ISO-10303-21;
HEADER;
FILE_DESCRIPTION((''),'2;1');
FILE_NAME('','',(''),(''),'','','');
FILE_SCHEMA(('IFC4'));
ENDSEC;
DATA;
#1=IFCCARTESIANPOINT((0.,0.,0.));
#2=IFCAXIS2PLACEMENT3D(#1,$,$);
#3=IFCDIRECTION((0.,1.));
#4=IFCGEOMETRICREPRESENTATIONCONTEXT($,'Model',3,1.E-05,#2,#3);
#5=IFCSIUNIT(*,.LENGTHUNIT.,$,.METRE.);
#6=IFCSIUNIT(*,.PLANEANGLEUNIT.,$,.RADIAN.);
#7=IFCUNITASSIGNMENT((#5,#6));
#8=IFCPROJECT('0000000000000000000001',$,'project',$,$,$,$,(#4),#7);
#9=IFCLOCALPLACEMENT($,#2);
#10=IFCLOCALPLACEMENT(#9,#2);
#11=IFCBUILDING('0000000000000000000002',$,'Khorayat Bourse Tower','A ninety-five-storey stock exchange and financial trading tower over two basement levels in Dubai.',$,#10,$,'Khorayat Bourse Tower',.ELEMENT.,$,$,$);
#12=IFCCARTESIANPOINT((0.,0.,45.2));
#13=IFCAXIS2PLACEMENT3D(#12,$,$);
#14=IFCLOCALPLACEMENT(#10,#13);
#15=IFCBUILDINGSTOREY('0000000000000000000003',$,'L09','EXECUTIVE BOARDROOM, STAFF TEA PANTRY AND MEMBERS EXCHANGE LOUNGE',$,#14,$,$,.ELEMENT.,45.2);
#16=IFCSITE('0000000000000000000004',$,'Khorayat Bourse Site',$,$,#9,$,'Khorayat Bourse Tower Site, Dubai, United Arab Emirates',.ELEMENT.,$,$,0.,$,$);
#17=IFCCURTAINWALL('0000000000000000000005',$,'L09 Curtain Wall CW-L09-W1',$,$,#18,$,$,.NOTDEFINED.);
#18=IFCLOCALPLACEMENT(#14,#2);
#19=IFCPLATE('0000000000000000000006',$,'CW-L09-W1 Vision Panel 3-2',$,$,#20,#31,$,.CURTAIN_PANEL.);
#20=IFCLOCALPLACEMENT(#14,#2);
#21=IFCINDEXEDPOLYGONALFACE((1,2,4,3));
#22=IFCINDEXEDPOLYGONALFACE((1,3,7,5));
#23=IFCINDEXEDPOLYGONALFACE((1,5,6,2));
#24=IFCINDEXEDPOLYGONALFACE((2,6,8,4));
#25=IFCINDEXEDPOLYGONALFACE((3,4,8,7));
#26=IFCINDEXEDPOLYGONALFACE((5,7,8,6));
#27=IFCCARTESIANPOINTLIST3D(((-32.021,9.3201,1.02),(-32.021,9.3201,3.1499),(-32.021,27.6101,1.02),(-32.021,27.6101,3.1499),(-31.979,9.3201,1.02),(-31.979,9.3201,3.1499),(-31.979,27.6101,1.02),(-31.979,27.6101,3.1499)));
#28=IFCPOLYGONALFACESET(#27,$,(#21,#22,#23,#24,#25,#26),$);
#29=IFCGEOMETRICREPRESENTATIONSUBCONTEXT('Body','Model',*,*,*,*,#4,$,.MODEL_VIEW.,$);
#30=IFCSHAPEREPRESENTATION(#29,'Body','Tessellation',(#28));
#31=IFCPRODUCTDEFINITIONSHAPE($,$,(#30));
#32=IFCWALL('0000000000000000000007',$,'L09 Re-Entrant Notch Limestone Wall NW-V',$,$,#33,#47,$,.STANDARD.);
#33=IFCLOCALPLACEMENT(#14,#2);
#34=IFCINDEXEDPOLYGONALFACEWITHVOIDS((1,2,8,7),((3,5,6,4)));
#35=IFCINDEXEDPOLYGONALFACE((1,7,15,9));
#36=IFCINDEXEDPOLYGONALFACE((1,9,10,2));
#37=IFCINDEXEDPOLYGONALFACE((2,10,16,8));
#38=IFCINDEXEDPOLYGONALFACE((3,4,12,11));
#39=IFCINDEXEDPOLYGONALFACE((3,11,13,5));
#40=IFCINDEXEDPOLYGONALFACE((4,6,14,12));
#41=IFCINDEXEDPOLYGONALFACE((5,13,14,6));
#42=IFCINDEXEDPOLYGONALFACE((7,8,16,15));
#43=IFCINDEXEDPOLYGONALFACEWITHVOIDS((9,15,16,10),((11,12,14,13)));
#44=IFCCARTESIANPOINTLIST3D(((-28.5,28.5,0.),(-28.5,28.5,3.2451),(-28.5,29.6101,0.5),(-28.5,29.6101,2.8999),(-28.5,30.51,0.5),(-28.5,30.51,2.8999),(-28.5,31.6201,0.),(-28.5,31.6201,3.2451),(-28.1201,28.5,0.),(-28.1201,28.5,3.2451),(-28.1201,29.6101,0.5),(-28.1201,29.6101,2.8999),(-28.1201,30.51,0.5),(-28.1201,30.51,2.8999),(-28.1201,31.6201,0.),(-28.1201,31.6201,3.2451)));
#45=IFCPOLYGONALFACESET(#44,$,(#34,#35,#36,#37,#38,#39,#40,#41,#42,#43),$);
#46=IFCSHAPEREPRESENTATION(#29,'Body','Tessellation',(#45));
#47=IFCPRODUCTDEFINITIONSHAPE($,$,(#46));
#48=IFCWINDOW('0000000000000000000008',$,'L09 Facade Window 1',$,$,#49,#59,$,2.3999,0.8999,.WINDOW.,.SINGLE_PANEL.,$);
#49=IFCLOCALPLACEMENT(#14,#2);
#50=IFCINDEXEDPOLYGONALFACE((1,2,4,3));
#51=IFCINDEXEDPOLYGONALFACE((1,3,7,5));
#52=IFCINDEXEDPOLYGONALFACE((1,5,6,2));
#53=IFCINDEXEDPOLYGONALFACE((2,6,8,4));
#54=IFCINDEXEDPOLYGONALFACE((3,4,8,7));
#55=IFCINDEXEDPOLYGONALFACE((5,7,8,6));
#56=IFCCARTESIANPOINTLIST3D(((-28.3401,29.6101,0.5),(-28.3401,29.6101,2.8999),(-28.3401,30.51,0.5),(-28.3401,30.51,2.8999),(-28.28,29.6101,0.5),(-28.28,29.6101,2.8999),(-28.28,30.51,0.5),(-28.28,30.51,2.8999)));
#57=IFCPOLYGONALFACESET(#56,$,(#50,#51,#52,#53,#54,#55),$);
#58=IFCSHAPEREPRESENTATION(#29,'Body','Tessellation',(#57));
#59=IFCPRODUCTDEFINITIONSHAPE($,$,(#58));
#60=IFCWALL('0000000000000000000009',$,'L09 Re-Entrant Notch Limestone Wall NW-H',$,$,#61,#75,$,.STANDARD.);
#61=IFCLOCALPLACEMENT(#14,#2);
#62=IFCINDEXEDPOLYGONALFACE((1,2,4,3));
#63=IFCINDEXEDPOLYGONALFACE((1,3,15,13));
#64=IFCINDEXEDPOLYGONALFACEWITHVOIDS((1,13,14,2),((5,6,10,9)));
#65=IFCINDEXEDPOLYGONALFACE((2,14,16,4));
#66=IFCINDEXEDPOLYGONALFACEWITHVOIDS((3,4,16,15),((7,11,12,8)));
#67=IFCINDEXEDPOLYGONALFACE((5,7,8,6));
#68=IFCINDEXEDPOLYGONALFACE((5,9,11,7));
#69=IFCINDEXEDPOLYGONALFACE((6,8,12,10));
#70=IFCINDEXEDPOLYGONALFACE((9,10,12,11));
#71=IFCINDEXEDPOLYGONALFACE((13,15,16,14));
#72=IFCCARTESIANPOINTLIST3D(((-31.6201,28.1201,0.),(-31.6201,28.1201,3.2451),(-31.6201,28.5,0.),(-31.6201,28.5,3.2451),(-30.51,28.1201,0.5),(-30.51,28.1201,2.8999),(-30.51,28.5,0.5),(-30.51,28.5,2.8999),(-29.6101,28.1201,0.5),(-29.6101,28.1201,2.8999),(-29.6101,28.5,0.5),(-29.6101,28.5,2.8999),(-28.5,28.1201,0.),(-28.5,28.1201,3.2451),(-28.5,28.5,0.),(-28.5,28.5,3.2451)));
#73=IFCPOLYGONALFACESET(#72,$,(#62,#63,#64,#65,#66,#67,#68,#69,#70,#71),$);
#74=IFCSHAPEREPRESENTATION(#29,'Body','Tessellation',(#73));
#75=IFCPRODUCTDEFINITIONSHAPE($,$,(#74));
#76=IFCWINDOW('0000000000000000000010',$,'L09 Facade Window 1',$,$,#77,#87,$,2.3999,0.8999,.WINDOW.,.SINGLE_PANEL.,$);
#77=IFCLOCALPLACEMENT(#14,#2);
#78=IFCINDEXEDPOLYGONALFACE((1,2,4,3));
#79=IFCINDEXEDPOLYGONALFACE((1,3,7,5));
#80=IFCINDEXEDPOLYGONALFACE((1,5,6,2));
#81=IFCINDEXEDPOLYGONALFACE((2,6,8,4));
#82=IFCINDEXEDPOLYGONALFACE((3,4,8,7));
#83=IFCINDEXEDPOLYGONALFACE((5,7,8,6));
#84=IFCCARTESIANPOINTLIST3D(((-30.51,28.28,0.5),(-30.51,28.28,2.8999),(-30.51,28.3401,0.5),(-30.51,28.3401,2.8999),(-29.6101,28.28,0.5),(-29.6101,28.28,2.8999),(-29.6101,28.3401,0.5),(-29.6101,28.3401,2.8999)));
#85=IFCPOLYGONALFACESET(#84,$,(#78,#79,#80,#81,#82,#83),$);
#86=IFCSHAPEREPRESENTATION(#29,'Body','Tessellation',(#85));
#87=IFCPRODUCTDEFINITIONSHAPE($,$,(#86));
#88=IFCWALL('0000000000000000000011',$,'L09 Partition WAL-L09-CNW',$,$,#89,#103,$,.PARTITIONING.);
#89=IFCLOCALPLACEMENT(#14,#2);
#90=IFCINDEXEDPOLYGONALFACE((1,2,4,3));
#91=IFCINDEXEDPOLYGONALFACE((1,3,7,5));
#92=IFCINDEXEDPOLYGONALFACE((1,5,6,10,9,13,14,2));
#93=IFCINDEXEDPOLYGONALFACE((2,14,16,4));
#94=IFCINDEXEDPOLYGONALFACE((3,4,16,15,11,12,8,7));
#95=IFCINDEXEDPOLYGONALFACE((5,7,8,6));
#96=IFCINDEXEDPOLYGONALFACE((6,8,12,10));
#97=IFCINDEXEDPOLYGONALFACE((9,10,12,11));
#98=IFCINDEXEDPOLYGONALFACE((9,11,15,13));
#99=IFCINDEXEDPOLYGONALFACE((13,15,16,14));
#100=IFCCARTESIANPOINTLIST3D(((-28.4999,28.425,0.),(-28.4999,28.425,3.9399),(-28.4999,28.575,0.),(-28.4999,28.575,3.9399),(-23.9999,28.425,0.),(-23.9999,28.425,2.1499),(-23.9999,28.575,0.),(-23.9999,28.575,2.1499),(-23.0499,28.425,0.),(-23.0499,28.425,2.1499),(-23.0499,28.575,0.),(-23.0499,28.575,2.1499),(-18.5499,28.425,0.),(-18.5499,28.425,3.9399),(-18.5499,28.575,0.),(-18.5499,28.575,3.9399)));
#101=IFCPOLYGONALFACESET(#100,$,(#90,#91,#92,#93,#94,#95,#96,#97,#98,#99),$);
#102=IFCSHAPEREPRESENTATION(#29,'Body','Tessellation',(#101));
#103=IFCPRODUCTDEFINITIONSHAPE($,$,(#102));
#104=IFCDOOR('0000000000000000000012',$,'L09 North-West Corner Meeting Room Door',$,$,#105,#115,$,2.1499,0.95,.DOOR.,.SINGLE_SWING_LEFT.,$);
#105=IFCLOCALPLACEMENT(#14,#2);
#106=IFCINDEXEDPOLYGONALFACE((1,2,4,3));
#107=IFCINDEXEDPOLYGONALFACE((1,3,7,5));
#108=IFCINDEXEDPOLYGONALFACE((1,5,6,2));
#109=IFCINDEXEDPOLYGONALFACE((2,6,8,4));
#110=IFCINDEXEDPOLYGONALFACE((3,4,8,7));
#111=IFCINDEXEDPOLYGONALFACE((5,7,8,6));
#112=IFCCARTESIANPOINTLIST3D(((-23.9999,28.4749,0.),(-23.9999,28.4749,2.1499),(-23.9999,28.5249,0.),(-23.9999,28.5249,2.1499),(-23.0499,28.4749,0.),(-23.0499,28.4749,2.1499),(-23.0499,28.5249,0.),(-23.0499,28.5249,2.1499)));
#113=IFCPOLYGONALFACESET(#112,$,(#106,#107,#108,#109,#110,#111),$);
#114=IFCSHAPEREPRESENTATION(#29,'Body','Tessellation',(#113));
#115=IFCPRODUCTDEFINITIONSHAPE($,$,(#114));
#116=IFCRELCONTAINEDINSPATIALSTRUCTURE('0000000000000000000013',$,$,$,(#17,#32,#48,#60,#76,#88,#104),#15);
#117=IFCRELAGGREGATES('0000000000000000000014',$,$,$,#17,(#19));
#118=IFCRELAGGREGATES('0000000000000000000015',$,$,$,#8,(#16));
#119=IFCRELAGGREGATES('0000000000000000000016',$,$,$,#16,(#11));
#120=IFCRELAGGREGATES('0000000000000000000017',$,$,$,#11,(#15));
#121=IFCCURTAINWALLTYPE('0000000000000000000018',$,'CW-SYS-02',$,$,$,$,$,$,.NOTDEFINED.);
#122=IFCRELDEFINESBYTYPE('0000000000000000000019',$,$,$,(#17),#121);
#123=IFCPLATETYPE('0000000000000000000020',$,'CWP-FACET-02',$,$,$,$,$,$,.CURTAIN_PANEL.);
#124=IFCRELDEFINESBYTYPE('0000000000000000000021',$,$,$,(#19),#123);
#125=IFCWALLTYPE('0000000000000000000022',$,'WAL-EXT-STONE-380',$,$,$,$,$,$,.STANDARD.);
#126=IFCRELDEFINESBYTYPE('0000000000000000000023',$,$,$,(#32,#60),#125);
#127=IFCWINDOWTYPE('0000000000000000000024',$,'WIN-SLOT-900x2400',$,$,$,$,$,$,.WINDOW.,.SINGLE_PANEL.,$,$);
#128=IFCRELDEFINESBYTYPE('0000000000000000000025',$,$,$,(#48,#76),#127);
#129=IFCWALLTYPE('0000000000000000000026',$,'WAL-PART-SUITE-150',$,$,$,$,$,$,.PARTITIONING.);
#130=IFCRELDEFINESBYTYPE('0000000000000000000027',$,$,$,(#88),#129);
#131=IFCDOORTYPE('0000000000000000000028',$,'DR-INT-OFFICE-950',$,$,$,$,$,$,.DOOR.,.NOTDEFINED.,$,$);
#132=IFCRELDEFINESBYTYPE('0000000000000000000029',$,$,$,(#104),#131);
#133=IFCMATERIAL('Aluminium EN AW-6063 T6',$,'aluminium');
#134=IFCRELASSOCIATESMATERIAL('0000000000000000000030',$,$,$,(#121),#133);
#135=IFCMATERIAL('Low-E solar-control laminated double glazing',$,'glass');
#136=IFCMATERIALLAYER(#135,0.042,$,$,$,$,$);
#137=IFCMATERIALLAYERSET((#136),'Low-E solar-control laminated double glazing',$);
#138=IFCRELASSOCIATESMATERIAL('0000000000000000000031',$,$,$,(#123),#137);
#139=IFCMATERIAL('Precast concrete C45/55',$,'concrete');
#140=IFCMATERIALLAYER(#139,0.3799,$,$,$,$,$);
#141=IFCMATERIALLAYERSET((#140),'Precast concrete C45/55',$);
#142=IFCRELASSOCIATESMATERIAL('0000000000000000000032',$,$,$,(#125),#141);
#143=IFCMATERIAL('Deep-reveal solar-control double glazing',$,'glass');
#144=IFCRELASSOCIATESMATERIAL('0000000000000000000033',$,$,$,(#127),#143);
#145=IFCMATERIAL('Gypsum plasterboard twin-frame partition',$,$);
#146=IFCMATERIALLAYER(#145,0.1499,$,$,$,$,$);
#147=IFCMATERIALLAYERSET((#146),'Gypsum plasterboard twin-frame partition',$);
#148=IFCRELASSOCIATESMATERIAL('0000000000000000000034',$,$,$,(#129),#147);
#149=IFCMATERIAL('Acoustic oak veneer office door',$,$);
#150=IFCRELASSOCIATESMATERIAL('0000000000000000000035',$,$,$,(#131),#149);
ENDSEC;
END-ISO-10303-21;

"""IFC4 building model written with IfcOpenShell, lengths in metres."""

from ifc_helpers import new_model, si_unit, direction, frame, frame_2d, origin, origin_2d, place, context, subcontext, project, spatial, rectangle, extrude, source, transform, mapped, material, layer, layer_set, type_object, element, fill, aggregate, save


model = new_model("IFC4")

# Units and contexts
model_context = context("Model", 3, precision=1e-05, world=origin(), true_north=direction((0.0, 1.0)))
body_context = subcontext(model_context, "Body", "Model", "MODEL_VIEW")
ifc_project = project(units=[si_unit("LENGTHUNIT", "METRE"), si_unit("PLANEANGLEUNIT", "RADIAN")], contexts=[model_context])

# Site, building, storey
site_placement = place(None, origin())
site = spatial("IfcSite", under=ifc_project, at=site_placement, Name="Khorayat Bourse Site", LongName="Khorayat Bourse Tower Site, Dubai, United Arab Emirates", CompositionType="ELEMENT", RefElevation=0.0)
building_placement = place(site_placement, origin())
building = spatial("IfcBuilding", under=site, at=building_placement, Name="Khorayat Bourse Tower", Description="A ninety-five-storey stock exchange and financial trading tower over two basement levels in Dubai.", LongName="Khorayat Bourse Tower", CompositionType="ELEMENT")
storey_placement = place(building_placement, frame((0.0, 0.0, 45.2)))
storey = spatial("IfcBuildingStorey", under=building, at=storey_placement, Name="L09", Description="EXECUTIVE BOARDROOM, STAFF TEA PANTRY AND MEMBERS EXCHANGE LOUNGE", CompositionType="ELEMENT", Elevation=45.2)

# Shared definitions
ifc_material_1 = material(Name="Aluminium EN AW-6063 T6", Category="aluminium")
curtain_wall_type = type_object("IfcCurtainWallType", Name="CW-SYS-02", PredefinedType="NOTDEFINED", material=ifc_material_1)

# Curtain wall
curtain_wall_1_placement = place(storey_placement, origin())
curtain_wall_1 = element("IfcCurtainWall", 1, at=curtain_wall_1_placement, inside=storey, type_object=curtain_wall_type, Name="L09 Curtain Wall CW-L09-W1", PredefinedType="NOTDEFINED")

# Plate
ifc_material_2 = material(Name="Low-E solar-control laminated double glazing", Category="glass")
ifc_layer_1 = layer(ifc_material_2, 0.042)
ifc_layer_set_1 = layer_set([ifc_layer_1], Name="Low-E solar-control laminated double glazing")
plate_type_1 = type_object("IfcPlateType", Name="CWP-FACET-02", PredefinedType="CURTAIN_PANEL", material=ifc_layer_set_1)
shared_shape_1 = source(origin(), body_context, "Body", "SweptSolid", [
    extrude(rectangle(XDim=18.29, YDim=0.042, at=origin_2d()), origin(), (0.0, 0.0, 1.0), 2.1299),
])
plate_1_placement = place(storey_placement, frame((-32.0, 18.4651, 1.02), z_axis=(0.0, 0.0, 1.0), x_axis=(0.0, 1.0, 0.0)))
plate_1 = element("IfcPlate", 2, at=plate_1_placement, type_object=plate_type_1, Name="CW-L09-W1 Vision Panel 3-2", PredefinedType="CURTAIN_PANEL", context=body_context, shape_type="MappedRepresentation", body=[
    mapped(shared_shape_1, transform((0.0, 0.0, 0.0), scale=1.0)),
])
aggregate(curtain_wall_1, [plate_1])

# Walls, openings, windows
ifc_material_3 = material(Name="Precast concrete C45/55", Category="concrete")
ifc_layer_2 = layer(ifc_material_3, 0.3799)
ifc_layer_set_2 = layer_set([ifc_layer_2], Name="Precast concrete C45/55")
wall_type_1 = type_object("IfcWallType", Name="WAL-EXT-STONE-380", PredefinedType="STANDARD", material=ifc_layer_set_2)
shared_shape_2 = source(origin(), body_context, "Body", "SweptSolid", [
    extrude(rectangle(XDim=3.1201, YDim=0.3799, at=frame_2d((1.5601, 0.0))), origin(), (0.0, 0.0, 1.0), 3.2451),
])
wall_1_placement = place(storey_placement, frame((-28.3101, 28.5, 0.0), z_axis=(0.0, 0.0, 1.0), x_axis=(0.0, 1.0, 0.0)))
wall_1 = element("IfcWall", 3, at=wall_1_placement, inside=storey, type_object=wall_type_1, Name="L09 Re-Entrant Notch Limestone Wall NW-V", PredefinedType="STANDARD", context=body_context, shape_type="MappedRepresentation", body=[
    mapped(shared_shape_2, transform((0.0, 0.0, 0.0), scale=1.0)),
])
shared_shape_3 = source(origin(), body_context, "Body", "SweptSolid", [
    extrude(rectangle(XDim=0.8999, YDim=2.3999, at=frame_2d((0.45, 1.2))), frame((0.0, 0.2, 0.0), z_axis=(0.0, -1.0, 0.0), x_axis=(1.0, 0.0, 0.0)), (0.0, 0.0, 1.0), 0.3999),
])
opening_1_placement = place(wall_1_placement, frame((1.1101, 0.0, 0.5)))
opening_1 = element("IfcOpeningElement", 4, at=opening_1_placement, cuts=wall_1, PredefinedType="OPENING", context=body_context, shape_type="MappedRepresentation", body=[
    mapped(shared_shape_3, transform((0.0, 0.0, 0.0), scale=1.0)),
])
ifc_material_4 = material(Name="Deep-reveal solar-control double glazing", Category="glass")
window_type = type_object("IfcWindowType", Name="WIN-SLOT-900x2400", PartitioningType="SINGLE_PANEL", PredefinedType="WINDOW", material=ifc_material_4)
shared_shape_4 = source(origin(), body_context, "Body", "SweptSolid", [
    extrude(rectangle(XDim=0.8999, YDim=2.3999, at=frame_2d((0.45, 1.2))), frame((0.0, 0.03, 0.0), z_axis=(0.0, -1.0, 0.0), x_axis=(1.0, 0.0, 0.0)), (0.0, 0.0, 1.0), 0.0601),
])
window_1_placement = place(opening_1_placement, origin())
window_1 = element("IfcWindow", 5, at=window_1_placement, inside=storey, type_object=window_type, Name="L09 Facade Window 1", OverallHeight=2.3999, OverallWidth=0.8999, PartitioningType="SINGLE_PANEL", PredefinedType="WINDOW", context=body_context, shape_type="MappedRepresentation", body=[
    mapped(shared_shape_4, transform((0.0, 0.0, 0.0), scale=1.0)),
])
fill(opening_1, window_1)
wall_2_placement = place(storey_placement, frame((-28.5, 28.3101, 0.0), z_axis=(0.0, 0.0, 1.0), x_axis=(-1.0, 0.0, 0.0)))
wall_2 = element("IfcWall", 6, at=wall_2_placement, inside=storey, type_object=wall_type_1, Name="L09 Re-Entrant Notch Limestone Wall NW-H", PredefinedType="STANDARD", context=body_context, shape_type="MappedRepresentation", body=[
    mapped(shared_shape_2, transform((0.0, 0.0, 0.0), scale=1.0)),
])
opening_2_placement = place(wall_2_placement, frame((1.1101, 0.0, 0.5)))
opening_2 = element("IfcOpeningElement", 7, at=opening_2_placement, cuts=wall_2, PredefinedType="OPENING", context=body_context, shape_type="MappedRepresentation", body=[
    mapped(shared_shape_3, transform((0.0, 0.0, 0.0), scale=1.0)),
])
window_2_placement = place(opening_2_placement, origin())
window_2 = element("IfcWindow", 8, at=window_2_placement, inside=storey, type_object=window_type, Name="L09 Facade Window 1", OverallHeight=2.3999, OverallWidth=0.8999, PartitioningType="SINGLE_PANEL", PredefinedType="WINDOW", context=body_context, shape_type="MappedRepresentation", body=[
    mapped(shared_shape_4, transform((0.0, 0.0, 0.0), scale=1.0)),
])
fill(opening_2, window_2)

# Wall, opening, door
ifc_material_5 = material(Name="Gypsum plasterboard twin-frame partition")
ifc_layer_3 = layer(ifc_material_5, 0.1499)
ifc_layer_set_3 = layer_set([ifc_layer_3], Name="Gypsum plasterboard twin-frame partition")
wall_type_2 = type_object("IfcWallType", Name="WAL-PART-SUITE-150", PredefinedType="PARTITIONING", material=ifc_layer_set_3)
shared_shape_5 = source(origin(), body_context, "Body", "SweptSolid", [
    extrude(rectangle(XDim=9.95, YDim=0.1499, at=frame_2d((4.9751, 0.0))), origin(), (0.0, 0.0, 1.0), 3.9399),
])
wall_3_placement = place(storey_placement, frame((-28.5, 28.5, 0.0), z_axis=(0.0, 0.0, 1.0), x_axis=(1.0, 0.0, 0.0)))
wall_3 = element("IfcWall", 9, at=wall_3_placement, inside=storey, type_object=wall_type_2, Name="L09 Partition WAL-L09-CNW", PredefinedType="PARTITIONING", context=body_context, shape_type="MappedRepresentation", body=[
    mapped(shared_shape_5, transform((0.0, 0.0, 0.0), scale=1.0)),
])
shared_shape_6 = source(origin(), body_context, "Body", "SweptSolid", [
    extrude(rectangle(XDim=0.95, YDim=2.1499, at=frame_2d((0.4751, 1.075))), frame((0.0, 0.085, 0.0), z_axis=(0.0, -1.0, 0.0), x_axis=(1.0, 0.0, 0.0)), (0.0, 0.0, 1.0), 0.1699),
])
opening_3_placement = place(wall_3_placement, frame((4.5, 0.0, 0.0)))
opening_3 = element("IfcOpeningElement", 10, at=opening_3_placement, cuts=wall_3, PredefinedType="OPENING", context=body_context, shape_type="MappedRepresentation", body=[
    mapped(shared_shape_6, transform((0.0, 0.0, 0.0), scale=1.0)),
])
ifc_material_6 = material(Name="Acoustic oak veneer office door")
door_type = type_object("IfcDoorType", Name="DR-INT-OFFICE-950", OperationType="NOTDEFINED", PredefinedType="DOOR", material=ifc_material_6)
shared_shape_7 = source(origin(), body_context, "Body", "SweptSolid", [
    extrude(rectangle(XDim=0.95, YDim=2.1499, at=frame_2d((0.4751, 1.075))), frame((0.0, 0.0249, 0.0), z_axis=(0.0, -1.0, 0.0), x_axis=(1.0, 0.0, 0.0)), (0.0, 0.0, 1.0), 0.05),
])
door_placement = place(opening_3_placement, origin())
door = element("IfcDoor", 11, at=door_placement, inside=storey, type_object=door_type, Name="L09 North-West Corner Meeting Room Door", OperationType="SINGLE_SWING_LEFT", OverallHeight=2.1499, OverallWidth=0.95, PredefinedType="DOOR", context=body_context, shape_type="MappedRepresentation", body=[
    mapped(shared_shape_7, transform((0.0, 0.0, 0.0), scale=1.0)),
])
fill(opening_3, door)

save(model, "model.ifc")
